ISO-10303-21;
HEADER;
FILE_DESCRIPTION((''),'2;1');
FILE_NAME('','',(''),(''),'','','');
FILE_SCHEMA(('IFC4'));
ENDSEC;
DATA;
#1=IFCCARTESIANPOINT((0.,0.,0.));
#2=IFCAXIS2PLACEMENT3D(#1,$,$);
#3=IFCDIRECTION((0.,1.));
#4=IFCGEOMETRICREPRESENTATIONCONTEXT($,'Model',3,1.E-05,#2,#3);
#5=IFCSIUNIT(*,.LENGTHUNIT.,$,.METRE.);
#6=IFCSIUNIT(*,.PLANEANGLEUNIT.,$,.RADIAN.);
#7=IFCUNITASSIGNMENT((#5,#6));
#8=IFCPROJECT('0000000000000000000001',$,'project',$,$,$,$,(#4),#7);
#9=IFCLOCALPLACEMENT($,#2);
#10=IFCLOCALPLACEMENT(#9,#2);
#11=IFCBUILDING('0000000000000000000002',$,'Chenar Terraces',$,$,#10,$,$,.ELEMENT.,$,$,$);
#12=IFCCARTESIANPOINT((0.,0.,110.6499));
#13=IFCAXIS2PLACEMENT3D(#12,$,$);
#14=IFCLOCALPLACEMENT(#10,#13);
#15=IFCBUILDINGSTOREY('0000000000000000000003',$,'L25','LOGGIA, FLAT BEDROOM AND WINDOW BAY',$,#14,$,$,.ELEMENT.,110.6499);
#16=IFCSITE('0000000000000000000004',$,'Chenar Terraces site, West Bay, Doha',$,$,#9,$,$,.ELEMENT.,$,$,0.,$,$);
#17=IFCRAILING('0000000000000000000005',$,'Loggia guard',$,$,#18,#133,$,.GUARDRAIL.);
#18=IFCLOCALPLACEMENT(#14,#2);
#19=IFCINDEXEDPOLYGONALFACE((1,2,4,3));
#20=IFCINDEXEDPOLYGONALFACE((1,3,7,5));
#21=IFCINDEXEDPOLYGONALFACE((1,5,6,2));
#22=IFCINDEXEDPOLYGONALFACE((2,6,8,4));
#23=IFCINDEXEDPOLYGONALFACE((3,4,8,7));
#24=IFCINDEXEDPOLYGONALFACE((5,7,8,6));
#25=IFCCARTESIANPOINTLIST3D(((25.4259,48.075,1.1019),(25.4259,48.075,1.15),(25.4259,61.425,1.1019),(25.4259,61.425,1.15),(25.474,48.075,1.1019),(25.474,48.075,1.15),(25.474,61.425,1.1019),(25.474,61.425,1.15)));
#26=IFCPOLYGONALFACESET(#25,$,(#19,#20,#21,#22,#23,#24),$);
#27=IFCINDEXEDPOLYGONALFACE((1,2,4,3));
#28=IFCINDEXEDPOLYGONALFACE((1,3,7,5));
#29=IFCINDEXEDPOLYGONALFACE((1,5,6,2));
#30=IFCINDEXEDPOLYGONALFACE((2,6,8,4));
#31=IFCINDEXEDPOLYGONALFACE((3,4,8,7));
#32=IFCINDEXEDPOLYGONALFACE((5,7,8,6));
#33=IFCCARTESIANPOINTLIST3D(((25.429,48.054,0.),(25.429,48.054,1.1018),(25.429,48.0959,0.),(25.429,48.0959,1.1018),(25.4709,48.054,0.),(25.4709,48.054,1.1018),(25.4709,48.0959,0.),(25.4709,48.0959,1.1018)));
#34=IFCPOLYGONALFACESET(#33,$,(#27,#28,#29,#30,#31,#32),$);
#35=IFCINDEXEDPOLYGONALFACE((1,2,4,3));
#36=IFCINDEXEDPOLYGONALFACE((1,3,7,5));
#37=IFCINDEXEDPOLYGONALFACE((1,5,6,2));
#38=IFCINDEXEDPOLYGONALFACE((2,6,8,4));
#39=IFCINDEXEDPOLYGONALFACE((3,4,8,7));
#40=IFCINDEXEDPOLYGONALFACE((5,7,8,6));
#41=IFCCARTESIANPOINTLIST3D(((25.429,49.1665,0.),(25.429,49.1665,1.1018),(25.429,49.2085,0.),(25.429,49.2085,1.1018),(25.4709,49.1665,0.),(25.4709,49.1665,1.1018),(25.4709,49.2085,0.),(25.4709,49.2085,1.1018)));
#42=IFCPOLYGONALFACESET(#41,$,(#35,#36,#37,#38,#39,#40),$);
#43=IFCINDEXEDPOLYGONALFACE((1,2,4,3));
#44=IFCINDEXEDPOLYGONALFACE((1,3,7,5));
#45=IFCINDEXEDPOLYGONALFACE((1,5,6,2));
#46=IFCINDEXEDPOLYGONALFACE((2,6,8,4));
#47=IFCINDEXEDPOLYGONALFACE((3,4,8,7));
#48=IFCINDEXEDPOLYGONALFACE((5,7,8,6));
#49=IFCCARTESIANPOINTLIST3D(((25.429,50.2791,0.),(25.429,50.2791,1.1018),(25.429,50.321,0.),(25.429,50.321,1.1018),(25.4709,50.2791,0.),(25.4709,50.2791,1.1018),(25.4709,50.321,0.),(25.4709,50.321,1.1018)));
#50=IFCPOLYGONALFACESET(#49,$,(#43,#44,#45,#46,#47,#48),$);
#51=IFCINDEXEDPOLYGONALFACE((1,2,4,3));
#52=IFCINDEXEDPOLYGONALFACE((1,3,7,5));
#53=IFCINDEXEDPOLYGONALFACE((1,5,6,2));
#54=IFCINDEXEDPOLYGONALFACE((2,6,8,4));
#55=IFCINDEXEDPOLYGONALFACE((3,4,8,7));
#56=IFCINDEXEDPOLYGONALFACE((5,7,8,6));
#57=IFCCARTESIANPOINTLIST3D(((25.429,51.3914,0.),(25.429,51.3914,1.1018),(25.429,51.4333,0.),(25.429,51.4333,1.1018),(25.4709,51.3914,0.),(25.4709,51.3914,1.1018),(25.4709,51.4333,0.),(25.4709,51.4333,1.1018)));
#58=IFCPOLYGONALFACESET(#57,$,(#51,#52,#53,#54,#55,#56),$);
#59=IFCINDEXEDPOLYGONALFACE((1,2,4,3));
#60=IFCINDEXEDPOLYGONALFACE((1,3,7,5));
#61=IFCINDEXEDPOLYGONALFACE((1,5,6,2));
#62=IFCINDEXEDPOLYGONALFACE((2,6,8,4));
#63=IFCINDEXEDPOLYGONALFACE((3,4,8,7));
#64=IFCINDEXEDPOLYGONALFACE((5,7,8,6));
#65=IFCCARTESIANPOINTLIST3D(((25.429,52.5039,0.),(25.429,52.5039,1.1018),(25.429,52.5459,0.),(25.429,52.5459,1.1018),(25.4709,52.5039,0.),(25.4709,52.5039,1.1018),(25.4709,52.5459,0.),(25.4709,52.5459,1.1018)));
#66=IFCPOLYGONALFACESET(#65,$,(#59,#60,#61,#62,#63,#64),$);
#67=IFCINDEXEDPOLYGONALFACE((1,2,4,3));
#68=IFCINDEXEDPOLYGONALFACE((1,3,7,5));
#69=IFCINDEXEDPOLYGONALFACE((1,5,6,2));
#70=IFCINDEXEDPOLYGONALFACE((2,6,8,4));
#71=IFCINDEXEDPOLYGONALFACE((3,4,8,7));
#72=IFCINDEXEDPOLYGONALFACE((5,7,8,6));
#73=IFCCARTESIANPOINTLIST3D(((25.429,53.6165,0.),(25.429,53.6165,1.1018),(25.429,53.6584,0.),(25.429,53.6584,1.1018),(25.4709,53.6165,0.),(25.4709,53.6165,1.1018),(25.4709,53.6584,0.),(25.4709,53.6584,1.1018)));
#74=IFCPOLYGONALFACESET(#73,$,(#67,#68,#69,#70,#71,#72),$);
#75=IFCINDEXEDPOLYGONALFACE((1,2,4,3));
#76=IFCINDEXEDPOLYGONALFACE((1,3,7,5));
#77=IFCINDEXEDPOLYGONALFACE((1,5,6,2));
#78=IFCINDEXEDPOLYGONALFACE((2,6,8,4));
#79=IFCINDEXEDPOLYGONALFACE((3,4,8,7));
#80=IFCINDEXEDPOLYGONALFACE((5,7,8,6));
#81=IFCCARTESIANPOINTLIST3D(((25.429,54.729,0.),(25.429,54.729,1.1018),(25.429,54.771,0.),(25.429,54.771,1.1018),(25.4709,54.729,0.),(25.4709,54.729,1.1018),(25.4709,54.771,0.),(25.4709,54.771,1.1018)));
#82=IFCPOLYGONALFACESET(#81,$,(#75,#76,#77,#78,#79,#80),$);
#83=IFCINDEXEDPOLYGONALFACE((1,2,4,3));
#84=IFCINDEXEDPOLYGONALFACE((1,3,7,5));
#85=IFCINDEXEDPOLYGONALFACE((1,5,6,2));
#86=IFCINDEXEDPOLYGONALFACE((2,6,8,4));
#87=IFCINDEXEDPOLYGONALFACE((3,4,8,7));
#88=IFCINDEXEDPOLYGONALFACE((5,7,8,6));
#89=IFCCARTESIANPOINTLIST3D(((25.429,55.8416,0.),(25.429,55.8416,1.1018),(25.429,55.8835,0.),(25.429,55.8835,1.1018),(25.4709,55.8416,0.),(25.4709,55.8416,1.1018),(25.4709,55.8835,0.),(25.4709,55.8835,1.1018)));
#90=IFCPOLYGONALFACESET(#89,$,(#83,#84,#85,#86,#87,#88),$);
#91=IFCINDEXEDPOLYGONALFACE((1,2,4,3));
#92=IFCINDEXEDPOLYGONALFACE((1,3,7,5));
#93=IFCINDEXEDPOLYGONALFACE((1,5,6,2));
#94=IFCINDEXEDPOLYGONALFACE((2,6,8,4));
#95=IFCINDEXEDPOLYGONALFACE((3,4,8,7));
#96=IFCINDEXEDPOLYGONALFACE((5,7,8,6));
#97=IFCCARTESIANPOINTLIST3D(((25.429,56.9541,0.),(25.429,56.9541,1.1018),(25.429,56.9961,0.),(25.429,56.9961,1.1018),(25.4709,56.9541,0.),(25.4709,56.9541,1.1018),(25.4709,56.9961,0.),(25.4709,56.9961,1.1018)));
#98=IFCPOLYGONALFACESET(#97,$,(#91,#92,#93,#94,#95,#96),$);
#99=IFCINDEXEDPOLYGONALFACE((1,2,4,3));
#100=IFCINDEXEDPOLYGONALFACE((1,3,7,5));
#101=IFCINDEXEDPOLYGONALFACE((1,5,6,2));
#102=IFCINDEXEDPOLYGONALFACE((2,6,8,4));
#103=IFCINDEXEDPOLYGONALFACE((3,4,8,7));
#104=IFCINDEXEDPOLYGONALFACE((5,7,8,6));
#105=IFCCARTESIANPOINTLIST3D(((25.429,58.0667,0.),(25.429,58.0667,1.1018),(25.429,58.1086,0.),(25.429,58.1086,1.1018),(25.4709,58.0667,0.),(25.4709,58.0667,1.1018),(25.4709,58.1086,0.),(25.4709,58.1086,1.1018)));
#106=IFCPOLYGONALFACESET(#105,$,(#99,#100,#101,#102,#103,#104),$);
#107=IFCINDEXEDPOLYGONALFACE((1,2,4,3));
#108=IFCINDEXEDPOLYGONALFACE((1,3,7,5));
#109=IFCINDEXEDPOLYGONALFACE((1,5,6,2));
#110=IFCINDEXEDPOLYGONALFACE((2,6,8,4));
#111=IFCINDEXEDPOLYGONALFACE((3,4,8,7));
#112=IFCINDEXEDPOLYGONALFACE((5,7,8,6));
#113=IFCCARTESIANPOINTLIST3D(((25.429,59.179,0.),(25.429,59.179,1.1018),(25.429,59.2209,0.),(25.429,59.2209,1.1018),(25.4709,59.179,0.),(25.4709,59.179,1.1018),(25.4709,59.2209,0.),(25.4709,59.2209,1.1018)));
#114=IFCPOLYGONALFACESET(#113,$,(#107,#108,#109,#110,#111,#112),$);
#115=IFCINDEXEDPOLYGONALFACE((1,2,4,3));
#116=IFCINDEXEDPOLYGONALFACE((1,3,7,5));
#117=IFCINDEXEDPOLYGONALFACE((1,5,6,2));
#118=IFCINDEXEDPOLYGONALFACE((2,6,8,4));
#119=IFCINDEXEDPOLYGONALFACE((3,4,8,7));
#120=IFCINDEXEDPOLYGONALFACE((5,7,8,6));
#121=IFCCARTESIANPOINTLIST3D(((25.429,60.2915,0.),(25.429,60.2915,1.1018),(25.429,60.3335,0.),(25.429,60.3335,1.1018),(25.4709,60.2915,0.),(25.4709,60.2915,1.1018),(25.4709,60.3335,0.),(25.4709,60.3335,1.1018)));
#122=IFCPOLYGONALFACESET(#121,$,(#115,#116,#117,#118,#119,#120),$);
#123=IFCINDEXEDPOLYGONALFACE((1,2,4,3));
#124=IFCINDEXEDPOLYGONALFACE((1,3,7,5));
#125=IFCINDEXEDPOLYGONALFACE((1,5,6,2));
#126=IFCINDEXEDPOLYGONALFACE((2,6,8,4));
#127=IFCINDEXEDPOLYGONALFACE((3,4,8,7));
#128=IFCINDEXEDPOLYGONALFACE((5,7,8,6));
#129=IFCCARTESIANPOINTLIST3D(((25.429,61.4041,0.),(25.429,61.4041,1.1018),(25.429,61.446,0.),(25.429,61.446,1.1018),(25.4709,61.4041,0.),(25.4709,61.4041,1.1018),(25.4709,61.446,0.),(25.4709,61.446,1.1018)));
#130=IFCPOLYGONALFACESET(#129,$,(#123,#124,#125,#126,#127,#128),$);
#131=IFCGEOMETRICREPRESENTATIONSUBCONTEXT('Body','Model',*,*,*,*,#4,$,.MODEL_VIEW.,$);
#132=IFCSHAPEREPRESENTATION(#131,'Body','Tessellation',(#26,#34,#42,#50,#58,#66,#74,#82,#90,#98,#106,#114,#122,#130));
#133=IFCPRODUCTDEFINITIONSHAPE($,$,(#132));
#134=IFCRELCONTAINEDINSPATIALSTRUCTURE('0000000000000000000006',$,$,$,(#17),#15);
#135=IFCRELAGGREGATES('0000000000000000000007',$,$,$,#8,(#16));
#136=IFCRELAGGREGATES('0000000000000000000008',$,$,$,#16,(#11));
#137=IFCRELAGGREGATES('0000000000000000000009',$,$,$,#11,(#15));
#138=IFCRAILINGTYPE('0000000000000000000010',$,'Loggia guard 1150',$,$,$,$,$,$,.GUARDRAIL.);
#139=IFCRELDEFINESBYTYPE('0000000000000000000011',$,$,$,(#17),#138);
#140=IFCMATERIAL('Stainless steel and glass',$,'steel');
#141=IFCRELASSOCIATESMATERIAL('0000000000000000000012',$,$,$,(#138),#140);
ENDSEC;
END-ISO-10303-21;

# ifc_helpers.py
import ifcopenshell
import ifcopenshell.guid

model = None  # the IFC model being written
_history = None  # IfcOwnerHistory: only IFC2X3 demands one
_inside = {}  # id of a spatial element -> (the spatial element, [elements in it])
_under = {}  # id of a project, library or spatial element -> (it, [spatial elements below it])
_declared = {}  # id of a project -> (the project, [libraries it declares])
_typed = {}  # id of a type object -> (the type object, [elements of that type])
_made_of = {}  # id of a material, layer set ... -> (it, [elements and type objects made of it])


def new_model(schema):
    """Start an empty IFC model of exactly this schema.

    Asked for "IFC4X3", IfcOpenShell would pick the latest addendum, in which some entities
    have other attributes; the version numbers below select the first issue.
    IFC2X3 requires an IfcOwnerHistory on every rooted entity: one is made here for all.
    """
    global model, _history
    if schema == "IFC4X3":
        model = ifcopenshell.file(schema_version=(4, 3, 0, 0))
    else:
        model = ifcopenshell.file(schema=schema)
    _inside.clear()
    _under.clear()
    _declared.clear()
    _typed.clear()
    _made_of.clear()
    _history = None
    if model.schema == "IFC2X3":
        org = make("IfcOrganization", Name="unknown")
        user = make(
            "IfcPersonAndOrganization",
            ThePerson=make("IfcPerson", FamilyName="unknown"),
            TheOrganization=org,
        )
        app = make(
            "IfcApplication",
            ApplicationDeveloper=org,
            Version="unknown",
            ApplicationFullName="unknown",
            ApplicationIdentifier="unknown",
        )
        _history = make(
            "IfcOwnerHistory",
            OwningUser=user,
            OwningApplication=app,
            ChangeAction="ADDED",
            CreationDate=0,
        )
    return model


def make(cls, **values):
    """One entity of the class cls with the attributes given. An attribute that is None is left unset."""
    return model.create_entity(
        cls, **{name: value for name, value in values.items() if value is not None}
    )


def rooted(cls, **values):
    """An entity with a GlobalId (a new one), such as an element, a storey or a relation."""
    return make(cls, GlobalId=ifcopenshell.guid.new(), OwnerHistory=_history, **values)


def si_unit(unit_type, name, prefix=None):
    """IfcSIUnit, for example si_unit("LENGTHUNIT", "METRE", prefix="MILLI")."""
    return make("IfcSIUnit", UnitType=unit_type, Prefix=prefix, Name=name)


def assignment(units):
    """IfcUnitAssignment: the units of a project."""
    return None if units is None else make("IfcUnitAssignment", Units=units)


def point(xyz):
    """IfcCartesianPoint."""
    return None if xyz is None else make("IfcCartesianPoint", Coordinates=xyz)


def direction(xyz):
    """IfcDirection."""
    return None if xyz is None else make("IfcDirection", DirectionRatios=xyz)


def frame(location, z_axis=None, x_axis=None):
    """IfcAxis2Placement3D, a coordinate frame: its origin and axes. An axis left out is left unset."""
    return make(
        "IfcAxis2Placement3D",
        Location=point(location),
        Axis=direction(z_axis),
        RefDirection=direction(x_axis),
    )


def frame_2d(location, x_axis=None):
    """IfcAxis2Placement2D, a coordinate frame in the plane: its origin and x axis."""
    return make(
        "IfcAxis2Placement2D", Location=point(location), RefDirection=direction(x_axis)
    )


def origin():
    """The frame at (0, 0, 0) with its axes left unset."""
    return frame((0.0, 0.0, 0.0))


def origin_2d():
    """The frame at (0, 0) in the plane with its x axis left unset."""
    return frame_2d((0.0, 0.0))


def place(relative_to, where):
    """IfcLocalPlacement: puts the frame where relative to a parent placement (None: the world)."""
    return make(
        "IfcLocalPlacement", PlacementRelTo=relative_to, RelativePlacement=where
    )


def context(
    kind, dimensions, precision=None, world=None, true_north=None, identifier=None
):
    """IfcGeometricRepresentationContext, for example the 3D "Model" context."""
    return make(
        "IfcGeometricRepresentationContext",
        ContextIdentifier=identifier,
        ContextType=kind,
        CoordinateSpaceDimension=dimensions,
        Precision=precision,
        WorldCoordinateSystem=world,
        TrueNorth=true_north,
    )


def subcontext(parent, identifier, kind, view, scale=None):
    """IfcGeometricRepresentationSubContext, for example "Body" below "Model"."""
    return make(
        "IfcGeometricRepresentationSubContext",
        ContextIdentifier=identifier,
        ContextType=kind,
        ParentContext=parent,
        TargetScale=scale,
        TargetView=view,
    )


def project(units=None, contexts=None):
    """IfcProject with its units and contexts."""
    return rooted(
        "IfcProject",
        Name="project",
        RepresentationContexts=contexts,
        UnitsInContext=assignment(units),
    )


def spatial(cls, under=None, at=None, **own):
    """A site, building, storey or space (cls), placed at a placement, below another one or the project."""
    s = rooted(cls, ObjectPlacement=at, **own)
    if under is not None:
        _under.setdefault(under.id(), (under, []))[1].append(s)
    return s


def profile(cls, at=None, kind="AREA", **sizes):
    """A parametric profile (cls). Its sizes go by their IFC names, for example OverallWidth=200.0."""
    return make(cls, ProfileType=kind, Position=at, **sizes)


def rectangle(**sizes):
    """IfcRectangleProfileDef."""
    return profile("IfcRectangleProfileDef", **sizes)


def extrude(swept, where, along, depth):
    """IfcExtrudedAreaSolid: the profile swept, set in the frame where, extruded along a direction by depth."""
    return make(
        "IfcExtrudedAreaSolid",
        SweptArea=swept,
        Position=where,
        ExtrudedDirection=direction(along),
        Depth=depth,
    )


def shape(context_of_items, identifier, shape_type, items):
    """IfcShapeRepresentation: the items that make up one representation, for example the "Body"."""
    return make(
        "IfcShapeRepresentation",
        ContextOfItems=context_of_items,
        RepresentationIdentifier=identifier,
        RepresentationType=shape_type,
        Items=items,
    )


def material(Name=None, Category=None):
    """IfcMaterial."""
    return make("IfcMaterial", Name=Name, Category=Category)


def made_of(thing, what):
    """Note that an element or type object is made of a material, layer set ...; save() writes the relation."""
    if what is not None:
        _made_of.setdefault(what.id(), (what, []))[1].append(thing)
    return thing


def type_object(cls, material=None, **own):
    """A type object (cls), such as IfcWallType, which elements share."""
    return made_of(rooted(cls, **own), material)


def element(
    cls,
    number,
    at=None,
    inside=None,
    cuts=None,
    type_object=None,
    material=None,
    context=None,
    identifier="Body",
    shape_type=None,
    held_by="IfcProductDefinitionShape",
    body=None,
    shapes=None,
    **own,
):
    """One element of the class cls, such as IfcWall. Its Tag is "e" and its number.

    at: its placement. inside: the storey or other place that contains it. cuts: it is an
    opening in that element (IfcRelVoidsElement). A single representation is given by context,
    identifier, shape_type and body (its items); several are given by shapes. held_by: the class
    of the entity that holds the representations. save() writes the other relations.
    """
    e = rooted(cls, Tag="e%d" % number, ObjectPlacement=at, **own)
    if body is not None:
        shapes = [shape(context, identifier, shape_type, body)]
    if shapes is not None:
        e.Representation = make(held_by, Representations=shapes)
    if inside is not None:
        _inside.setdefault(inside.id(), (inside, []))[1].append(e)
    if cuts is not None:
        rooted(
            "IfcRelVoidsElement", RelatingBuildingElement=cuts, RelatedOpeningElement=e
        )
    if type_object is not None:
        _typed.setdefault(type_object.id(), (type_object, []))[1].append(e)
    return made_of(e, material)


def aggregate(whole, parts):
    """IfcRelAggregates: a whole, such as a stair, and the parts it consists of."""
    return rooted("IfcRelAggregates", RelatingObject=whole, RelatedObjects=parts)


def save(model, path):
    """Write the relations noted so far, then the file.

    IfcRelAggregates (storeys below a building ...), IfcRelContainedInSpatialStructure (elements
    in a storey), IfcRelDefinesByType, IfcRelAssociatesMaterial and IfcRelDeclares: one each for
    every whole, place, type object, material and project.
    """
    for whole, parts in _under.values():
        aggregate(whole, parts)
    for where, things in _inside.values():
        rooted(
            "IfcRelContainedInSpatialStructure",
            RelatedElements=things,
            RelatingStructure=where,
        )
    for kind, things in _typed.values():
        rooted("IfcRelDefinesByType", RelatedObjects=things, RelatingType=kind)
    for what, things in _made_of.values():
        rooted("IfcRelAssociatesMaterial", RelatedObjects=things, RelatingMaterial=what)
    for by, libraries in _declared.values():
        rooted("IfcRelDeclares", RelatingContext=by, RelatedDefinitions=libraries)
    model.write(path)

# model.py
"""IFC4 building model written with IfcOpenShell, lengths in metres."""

from ifc_helpers import new_model, si_unit, direction, frame, origin, origin_2d, place, context, subcontext, project, spatial, rectangle, extrude, material, type_object, element, save


model = new_model("IFC4")

# Units and contexts
model_context = context("Model", 3, precision=1e-05, world=origin(), true_north=direction((0.0, 1.0)))
body_context = subcontext(model_context, "Body", "Model", "MODEL_VIEW")
ifc_project = project(units=[si_unit("LENGTHUNIT", "METRE"), si_unit("PLANEANGLEUNIT", "RADIAN")], contexts=[model_context])

# Site, building, storey
site_placement = place(None, origin())
site = spatial("IfcSite", under=ifc_project, at=site_placement, Name="Chenar Terraces site, West Bay, Doha", CompositionType="ELEMENT", RefElevation=0.0)
building_placement = place(site_placement, origin())
building = spatial("IfcBuilding", under=site, at=building_placement, Name="Chenar Terraces", CompositionType="ELEMENT")
storey_placement = place(building_placement, frame((0.0, 0.0, 110.6499)))
storey = spatial("IfcBuildingStorey", under=building, at=storey_placement, Name="L25", Description="LOGGIA, FLAT BEDROOM AND WINDOW BAY", CompositionType="ELEMENT", Elevation=110.6499)

# Railing
ifc_material_1 = material(Name="Stainless steel and glass", Category="steel")
railing_type_1 = type_object("IfcRailingType", Name="Loggia guard 1150", PredefinedType="GUARDRAIL", material=ifc_material_1)
railing_1_placement = place(storey_placement, frame((25.45, 48.075, 0.0)))
element("IfcRailing", 1, at=railing_1_placement, inside=storey, type_object=railing_type_1, Name="Loggia guard", PredefinedType="GUARDRAIL", context=body_context, shape_type="SweptSolid", body=[
    extrude(rectangle(XDim=0.0481, YDim=0.0481, at=origin_2d()), frame((0.0, 0.0, 1.126), z_axis=(0.0, 1.0, 0.0), x_axis=(-1.0, 0.0, 0.0)), (0.0, 0.0, 1.0), 13.3501),
    extrude(rectangle(XDim=0.042, YDim=0.042, at=origin_2d()), origin(), (0.0, 0.0, 1.0), 1.1018),
    extrude(rectangle(XDim=0.042, YDim=0.042, at=origin_2d()), frame((0.0, 1.1125, 0.0)), (0.0, 0.0, 1.0), 1.1018),
    extrude(rectangle(XDim=0.042, YDim=0.042, at=origin_2d()), frame((0.0, 2.2251, 0.0)), (0.0, 0.0, 1.0), 1.1018),
    extrude(rectangle(XDim=0.042, YDim=0.042, at=origin_2d()), frame((0.0, 3.3374, 0.0)), (0.0, 0.0, 1.0), 1.1018),
    extrude(rectangle(XDim=0.042, YDim=0.042, at=origin_2d()), frame((0.0, 4.45, 0.0)), (0.0, 0.0, 1.0), 1.1018),
    extrude(rectangle(XDim=0.042, YDim=0.042, at=origin_2d()), frame((0.0, 5.5625, 0.0)), (0.0, 0.0, 1.0), 1.1018),
    extrude(rectangle(XDim=0.042, YDim=0.042, at=origin_2d()), frame((0.0, 6.675, 0.0)), (0.0, 0.0, 1.0), 1.1018),
    extrude(rectangle(XDim=0.042, YDim=0.042, at=origin_2d()), frame((0.0, 7.7876, 0.0)), (0.0, 0.0, 1.0), 1.1018),
    extrude(rectangle(XDim=0.042, YDim=0.042, at=origin_2d()), frame((0.0, 8.9001, 0.0)), (0.0, 0.0, 1.0), 1.1018),
    extrude(rectangle(XDim=0.042, YDim=0.042, at=origin_2d()), frame((0.0, 10.0127, 0.0)), (0.0, 0.0, 1.0), 1.1018),
    extrude(rectangle(XDim=0.042, YDim=0.042, at=origin_2d()), frame((0.0, 11.125, 0.0)), (0.0, 0.0, 1.0), 1.1018),
    extrude(rectangle(XDim=0.042, YDim=0.042, at=origin_2d()), frame((0.0, 12.2375, 0.0)), (0.0, 0.0, 1.0), 1.1018),
    extrude(rectangle(XDim=0.042, YDim=0.042, at=origin_2d()), frame((0.0, 13.3501, 0.0)), (0.0, 0.0, 1.0), 1.1018),
])

save(model, "model.ifc")
